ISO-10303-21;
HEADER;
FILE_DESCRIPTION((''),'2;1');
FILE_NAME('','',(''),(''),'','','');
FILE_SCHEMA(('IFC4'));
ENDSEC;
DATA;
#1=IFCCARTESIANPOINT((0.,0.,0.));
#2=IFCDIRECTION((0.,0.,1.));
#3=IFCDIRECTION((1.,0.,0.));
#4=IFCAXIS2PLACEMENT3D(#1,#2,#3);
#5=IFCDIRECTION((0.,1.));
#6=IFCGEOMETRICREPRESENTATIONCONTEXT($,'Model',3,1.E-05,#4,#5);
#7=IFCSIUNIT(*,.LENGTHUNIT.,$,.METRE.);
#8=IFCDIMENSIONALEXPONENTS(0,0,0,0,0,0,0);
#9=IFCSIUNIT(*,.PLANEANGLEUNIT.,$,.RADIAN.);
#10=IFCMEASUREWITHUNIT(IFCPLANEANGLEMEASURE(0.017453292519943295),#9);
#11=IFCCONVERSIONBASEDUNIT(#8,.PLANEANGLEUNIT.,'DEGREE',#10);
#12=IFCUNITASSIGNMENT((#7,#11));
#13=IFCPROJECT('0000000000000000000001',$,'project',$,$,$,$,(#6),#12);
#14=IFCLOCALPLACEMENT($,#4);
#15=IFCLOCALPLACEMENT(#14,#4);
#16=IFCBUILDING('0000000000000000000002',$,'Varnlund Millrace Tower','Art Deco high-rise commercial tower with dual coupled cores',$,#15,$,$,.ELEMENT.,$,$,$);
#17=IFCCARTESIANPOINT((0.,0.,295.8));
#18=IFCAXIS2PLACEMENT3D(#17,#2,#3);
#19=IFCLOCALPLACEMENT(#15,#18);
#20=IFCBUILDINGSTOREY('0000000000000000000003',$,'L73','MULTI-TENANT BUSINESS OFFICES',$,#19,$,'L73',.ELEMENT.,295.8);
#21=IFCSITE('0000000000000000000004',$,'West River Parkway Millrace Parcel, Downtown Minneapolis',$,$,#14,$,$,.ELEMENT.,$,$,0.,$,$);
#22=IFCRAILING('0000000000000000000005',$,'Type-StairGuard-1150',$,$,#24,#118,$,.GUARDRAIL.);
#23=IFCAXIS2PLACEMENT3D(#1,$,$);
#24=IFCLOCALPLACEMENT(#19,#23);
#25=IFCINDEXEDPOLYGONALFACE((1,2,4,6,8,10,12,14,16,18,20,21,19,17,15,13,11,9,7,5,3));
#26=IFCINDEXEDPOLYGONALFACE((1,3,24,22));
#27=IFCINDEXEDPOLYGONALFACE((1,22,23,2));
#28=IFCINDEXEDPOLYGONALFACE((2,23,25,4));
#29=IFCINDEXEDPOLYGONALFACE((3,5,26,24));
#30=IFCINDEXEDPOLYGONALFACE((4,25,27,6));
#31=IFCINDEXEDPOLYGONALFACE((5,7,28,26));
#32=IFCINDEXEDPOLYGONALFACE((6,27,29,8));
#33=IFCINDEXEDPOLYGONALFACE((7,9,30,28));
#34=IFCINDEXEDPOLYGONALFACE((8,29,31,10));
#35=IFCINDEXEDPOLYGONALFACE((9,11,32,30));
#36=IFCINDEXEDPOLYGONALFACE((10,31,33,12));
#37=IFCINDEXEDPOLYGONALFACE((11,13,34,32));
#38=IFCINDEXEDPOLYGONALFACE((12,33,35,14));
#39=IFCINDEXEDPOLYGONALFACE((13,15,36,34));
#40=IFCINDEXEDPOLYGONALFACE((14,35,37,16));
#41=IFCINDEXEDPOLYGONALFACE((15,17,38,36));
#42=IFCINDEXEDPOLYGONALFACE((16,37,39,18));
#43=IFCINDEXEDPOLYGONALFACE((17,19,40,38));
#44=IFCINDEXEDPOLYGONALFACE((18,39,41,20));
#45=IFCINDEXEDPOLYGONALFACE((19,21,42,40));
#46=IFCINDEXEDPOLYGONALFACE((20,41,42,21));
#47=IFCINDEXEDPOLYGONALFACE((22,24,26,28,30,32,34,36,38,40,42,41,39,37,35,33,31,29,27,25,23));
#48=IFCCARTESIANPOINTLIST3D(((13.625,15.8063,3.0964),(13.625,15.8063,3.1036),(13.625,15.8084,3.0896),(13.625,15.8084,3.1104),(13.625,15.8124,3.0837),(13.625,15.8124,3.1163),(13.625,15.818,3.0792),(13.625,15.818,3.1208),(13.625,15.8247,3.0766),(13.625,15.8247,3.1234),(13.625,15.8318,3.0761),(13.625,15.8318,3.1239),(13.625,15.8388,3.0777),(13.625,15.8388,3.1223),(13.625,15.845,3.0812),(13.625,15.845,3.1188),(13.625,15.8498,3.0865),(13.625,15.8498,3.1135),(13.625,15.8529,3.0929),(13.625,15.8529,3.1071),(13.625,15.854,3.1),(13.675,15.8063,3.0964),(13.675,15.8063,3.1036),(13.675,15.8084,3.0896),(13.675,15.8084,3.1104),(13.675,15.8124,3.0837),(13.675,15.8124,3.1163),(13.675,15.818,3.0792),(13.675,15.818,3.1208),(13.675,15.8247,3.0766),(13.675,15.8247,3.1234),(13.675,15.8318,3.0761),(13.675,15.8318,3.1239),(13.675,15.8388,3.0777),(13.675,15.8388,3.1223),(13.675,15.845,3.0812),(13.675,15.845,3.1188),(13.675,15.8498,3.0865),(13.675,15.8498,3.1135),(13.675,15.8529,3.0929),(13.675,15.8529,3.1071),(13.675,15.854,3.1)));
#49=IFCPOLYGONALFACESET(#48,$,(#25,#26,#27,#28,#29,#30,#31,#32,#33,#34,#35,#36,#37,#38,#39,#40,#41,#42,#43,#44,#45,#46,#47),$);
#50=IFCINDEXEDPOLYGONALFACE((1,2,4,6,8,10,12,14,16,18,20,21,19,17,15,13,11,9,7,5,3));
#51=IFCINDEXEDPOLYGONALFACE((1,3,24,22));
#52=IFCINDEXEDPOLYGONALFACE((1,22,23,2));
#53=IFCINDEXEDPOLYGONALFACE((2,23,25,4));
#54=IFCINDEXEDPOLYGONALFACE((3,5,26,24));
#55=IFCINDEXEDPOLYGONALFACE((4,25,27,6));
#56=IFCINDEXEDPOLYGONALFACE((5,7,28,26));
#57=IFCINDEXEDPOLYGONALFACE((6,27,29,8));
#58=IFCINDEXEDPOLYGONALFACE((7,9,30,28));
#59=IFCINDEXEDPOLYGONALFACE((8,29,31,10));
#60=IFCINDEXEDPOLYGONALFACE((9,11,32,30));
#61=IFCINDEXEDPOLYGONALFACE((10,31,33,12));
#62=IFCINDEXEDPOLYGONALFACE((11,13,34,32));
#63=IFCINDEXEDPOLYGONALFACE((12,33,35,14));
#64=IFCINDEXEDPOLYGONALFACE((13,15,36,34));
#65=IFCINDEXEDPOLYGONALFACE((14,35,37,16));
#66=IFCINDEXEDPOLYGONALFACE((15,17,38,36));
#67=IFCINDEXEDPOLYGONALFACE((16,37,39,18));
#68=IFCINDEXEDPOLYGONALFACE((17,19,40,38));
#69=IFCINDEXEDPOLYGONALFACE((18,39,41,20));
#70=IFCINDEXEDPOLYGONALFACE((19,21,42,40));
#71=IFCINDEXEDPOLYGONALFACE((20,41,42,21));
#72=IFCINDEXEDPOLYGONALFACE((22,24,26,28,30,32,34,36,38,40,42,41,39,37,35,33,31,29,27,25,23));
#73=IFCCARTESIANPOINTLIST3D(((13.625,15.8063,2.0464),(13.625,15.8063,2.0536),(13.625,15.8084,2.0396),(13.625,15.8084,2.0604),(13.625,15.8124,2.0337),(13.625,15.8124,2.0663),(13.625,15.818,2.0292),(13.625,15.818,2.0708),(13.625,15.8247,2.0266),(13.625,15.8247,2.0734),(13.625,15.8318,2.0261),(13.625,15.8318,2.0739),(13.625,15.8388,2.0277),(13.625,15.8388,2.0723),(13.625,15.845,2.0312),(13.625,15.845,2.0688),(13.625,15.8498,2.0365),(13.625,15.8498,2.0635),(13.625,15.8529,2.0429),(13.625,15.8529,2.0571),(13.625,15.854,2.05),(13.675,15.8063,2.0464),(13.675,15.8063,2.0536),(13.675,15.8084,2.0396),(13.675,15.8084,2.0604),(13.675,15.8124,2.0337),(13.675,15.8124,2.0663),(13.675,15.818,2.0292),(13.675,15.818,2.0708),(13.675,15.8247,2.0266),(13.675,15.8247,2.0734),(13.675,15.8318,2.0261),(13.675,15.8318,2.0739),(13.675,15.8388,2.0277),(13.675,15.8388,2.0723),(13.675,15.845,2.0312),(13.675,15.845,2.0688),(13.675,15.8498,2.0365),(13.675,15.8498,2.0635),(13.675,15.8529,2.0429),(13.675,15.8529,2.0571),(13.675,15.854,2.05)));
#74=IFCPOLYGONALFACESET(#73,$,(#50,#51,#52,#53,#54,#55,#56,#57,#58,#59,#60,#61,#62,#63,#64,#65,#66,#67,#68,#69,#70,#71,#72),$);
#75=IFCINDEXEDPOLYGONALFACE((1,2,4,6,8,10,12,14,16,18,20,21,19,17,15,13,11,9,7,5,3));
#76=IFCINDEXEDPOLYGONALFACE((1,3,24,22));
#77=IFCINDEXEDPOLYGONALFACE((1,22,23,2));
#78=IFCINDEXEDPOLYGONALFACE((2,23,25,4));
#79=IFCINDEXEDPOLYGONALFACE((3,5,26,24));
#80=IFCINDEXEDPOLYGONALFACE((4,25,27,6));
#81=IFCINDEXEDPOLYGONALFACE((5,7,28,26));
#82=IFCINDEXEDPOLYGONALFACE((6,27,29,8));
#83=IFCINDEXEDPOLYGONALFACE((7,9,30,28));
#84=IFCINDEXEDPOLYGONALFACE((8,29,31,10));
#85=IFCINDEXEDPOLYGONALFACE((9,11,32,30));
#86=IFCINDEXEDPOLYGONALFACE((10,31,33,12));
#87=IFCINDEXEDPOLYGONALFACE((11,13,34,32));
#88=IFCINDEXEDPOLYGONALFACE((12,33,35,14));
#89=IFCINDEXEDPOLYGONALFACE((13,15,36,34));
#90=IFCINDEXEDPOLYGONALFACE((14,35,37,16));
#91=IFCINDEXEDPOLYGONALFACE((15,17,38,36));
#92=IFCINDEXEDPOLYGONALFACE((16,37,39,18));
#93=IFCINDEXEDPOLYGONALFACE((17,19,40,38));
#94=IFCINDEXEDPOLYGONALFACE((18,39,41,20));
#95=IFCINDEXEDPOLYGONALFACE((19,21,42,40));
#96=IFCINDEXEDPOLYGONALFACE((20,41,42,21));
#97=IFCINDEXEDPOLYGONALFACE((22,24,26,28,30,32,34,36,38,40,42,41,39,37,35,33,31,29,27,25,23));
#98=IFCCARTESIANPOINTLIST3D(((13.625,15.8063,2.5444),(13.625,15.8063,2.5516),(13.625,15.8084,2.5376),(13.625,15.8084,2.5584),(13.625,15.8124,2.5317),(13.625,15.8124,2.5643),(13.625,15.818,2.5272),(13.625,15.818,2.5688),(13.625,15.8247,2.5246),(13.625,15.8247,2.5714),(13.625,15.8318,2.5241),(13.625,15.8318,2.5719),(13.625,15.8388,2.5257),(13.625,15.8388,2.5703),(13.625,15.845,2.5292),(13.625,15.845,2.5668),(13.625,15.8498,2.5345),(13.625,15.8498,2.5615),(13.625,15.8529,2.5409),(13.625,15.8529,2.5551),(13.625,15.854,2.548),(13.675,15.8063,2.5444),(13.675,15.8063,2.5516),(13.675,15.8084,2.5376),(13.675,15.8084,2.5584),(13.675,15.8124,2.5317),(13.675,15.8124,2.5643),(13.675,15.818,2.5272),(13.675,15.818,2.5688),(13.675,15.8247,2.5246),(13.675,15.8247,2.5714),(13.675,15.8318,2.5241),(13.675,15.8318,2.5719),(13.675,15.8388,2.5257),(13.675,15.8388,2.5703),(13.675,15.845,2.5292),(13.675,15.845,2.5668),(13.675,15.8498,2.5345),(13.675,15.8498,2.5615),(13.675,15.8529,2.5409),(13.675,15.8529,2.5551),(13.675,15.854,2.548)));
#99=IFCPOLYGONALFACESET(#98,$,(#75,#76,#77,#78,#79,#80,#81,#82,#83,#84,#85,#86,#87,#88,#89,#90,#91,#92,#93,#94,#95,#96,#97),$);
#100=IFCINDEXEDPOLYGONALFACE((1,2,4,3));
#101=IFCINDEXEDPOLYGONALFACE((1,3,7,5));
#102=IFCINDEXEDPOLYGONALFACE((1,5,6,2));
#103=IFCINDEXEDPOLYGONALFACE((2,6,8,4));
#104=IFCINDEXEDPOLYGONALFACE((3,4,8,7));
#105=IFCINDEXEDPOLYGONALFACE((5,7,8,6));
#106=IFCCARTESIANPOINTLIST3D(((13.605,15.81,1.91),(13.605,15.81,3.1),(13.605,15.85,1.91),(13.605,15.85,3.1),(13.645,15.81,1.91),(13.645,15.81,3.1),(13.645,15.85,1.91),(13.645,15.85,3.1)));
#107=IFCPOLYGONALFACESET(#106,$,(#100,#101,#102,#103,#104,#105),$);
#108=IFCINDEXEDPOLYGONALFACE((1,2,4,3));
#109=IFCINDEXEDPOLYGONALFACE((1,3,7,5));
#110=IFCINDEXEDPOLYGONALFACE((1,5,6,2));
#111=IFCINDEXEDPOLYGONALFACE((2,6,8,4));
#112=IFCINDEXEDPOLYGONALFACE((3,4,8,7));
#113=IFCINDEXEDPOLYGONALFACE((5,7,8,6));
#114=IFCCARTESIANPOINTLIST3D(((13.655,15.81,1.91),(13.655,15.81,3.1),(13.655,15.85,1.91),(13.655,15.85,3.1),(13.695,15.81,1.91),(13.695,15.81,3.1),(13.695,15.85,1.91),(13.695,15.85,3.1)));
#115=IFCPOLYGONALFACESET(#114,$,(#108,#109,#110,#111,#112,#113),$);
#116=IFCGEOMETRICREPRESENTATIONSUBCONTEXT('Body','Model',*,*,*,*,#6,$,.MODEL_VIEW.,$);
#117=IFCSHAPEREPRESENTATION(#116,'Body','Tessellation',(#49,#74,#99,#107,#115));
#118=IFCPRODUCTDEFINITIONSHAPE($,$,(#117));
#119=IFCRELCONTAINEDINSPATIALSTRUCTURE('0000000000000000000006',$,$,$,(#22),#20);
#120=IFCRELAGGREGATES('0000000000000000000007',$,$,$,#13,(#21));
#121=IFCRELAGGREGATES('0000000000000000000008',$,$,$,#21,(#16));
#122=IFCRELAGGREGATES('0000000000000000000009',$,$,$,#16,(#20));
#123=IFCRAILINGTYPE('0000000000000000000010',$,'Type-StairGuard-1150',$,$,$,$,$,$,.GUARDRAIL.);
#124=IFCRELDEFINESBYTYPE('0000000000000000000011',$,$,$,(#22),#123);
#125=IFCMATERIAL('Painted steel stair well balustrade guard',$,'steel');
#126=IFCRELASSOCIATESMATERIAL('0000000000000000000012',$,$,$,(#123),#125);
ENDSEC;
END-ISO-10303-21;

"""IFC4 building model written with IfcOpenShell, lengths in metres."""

from ifc_helpers import new_model, entity, si_unit, converted_unit, direction, frame, origin_with_axes, origin_2d_with_axis, place, context, subcontext, project, spatial, rectangle, circle, extrude, material, type_object, element, save


model = new_model("IFC4")

# Units and contexts
model_context = context("Model", 3, precision=1e-05, world=origin_with_axes(), true_north=direction((0.0, 1.0)))
body_context = subcontext(model_context, "Body", "Model", "MODEL_VIEW")
ifc_project = project(units=[si_unit("LENGTHUNIT", "METRE"), converted_unit("PLANEANGLEUNIT", "DEGREE", entity("IfcPlaneAngleMeasure", 0.017453292519943295), si_unit("PLANEANGLEUNIT", "RADIAN"), dimensions=[0, 0, 0, 0, 0, 0, 0])], contexts=[model_context])

# Site, building, storey
site_placement = place(None, origin_with_axes())
site = spatial("IfcSite", under=ifc_project, at=site_placement, Name="West River Parkway Millrace Parcel, Downtown Minneapolis", CompositionType="ELEMENT", RefElevation=0.0)
building_placement = place(site_placement, origin_with_axes())
building = spatial("IfcBuilding", under=site, at=building_placement, Name="Varnlund Millrace Tower", Description="Art Deco high-rise commercial tower with dual coupled cores", CompositionType="ELEMENT")
storey_placement = place(building_placement, frame((0.0, 0.0, 295.8), z_axis=(0.0, 0.0, 1.0), x_axis=(1.0, 0.0, 0.0)))
storey = spatial("IfcBuildingStorey", under=building, at=storey_placement, Name="L73", Description="MULTI-TENANT BUSINESS OFFICES", LongName="L73", CompositionType="ELEMENT", Elevation=295.8)

# Railing
ifc_material_1 = material(Name="Painted steel stair well balustrade guard", Category="steel")
railing_type_1 = type_object("IfcRailingType", Name="Type-StairGuard-1150", PredefinedType="GUARDRAIL", material=ifc_material_1)
railing_1_placement = place(storey_placement, frame((0.0, 0.0, -295.8), z_axis=(0.0, 0.0, 1.0), x_axis=(1.0, 0.0, 0.0)))
element("IfcRailing", 1, at=railing_1_placement, inside=storey, type_object=railing_type_1, Name="Type-StairGuard-1150", PredefinedType="GUARDRAIL", context=body_context, shape_type="SweptSolid", body=[
    extrude(circle(Radius=0.024, at=origin_2d_with_axis()), frame((13.625, 15.83, 298.9), z_axis=(1.0, 0.0, 0.0), x_axis=(0.0, 1.0, 0.0)), (0.0, 0.0, 1.0), 0.05),
    extrude(circle(Radius=0.024, at=origin_2d_with_axis()), frame((13.625, 15.83, 297.85), z_axis=(1.0, 0.0, 0.0), x_axis=(0.0, 1.0, 0.0)), (0.0, 0.0, 1.0), 0.05),
    extrude(circle(Radius=0.024, at=origin_2d_with_axis()), frame((13.625, 15.83, 298.348), z_axis=(1.0, 0.0, 0.0), x_axis=(0.0, 1.0, 0.0)), (0.0, 0.0, 1.0), 0.05),
    extrude(rectangle(XDim=0.04, YDim=0.04, at=origin_2d_with_axis()), frame((13.625, 15.83, 297.71), z_axis=(0.0, 0.0, 1.0), x_axis=(1.0, 0.0, 0.0)), (0.0, 0.0, 1.0), 1.19),
    extrude(rectangle(XDim=0.04, YDim=0.04, at=origin_2d_with_axis()), frame((13.675, 15.83, 297.71), z_axis=(0.0, 0.0, 1.0), x_axis=(1.0, 0.0, 0.0)), (0.0, 0.0, 1.0), 1.19),
])

save(model, "model.ifc")
